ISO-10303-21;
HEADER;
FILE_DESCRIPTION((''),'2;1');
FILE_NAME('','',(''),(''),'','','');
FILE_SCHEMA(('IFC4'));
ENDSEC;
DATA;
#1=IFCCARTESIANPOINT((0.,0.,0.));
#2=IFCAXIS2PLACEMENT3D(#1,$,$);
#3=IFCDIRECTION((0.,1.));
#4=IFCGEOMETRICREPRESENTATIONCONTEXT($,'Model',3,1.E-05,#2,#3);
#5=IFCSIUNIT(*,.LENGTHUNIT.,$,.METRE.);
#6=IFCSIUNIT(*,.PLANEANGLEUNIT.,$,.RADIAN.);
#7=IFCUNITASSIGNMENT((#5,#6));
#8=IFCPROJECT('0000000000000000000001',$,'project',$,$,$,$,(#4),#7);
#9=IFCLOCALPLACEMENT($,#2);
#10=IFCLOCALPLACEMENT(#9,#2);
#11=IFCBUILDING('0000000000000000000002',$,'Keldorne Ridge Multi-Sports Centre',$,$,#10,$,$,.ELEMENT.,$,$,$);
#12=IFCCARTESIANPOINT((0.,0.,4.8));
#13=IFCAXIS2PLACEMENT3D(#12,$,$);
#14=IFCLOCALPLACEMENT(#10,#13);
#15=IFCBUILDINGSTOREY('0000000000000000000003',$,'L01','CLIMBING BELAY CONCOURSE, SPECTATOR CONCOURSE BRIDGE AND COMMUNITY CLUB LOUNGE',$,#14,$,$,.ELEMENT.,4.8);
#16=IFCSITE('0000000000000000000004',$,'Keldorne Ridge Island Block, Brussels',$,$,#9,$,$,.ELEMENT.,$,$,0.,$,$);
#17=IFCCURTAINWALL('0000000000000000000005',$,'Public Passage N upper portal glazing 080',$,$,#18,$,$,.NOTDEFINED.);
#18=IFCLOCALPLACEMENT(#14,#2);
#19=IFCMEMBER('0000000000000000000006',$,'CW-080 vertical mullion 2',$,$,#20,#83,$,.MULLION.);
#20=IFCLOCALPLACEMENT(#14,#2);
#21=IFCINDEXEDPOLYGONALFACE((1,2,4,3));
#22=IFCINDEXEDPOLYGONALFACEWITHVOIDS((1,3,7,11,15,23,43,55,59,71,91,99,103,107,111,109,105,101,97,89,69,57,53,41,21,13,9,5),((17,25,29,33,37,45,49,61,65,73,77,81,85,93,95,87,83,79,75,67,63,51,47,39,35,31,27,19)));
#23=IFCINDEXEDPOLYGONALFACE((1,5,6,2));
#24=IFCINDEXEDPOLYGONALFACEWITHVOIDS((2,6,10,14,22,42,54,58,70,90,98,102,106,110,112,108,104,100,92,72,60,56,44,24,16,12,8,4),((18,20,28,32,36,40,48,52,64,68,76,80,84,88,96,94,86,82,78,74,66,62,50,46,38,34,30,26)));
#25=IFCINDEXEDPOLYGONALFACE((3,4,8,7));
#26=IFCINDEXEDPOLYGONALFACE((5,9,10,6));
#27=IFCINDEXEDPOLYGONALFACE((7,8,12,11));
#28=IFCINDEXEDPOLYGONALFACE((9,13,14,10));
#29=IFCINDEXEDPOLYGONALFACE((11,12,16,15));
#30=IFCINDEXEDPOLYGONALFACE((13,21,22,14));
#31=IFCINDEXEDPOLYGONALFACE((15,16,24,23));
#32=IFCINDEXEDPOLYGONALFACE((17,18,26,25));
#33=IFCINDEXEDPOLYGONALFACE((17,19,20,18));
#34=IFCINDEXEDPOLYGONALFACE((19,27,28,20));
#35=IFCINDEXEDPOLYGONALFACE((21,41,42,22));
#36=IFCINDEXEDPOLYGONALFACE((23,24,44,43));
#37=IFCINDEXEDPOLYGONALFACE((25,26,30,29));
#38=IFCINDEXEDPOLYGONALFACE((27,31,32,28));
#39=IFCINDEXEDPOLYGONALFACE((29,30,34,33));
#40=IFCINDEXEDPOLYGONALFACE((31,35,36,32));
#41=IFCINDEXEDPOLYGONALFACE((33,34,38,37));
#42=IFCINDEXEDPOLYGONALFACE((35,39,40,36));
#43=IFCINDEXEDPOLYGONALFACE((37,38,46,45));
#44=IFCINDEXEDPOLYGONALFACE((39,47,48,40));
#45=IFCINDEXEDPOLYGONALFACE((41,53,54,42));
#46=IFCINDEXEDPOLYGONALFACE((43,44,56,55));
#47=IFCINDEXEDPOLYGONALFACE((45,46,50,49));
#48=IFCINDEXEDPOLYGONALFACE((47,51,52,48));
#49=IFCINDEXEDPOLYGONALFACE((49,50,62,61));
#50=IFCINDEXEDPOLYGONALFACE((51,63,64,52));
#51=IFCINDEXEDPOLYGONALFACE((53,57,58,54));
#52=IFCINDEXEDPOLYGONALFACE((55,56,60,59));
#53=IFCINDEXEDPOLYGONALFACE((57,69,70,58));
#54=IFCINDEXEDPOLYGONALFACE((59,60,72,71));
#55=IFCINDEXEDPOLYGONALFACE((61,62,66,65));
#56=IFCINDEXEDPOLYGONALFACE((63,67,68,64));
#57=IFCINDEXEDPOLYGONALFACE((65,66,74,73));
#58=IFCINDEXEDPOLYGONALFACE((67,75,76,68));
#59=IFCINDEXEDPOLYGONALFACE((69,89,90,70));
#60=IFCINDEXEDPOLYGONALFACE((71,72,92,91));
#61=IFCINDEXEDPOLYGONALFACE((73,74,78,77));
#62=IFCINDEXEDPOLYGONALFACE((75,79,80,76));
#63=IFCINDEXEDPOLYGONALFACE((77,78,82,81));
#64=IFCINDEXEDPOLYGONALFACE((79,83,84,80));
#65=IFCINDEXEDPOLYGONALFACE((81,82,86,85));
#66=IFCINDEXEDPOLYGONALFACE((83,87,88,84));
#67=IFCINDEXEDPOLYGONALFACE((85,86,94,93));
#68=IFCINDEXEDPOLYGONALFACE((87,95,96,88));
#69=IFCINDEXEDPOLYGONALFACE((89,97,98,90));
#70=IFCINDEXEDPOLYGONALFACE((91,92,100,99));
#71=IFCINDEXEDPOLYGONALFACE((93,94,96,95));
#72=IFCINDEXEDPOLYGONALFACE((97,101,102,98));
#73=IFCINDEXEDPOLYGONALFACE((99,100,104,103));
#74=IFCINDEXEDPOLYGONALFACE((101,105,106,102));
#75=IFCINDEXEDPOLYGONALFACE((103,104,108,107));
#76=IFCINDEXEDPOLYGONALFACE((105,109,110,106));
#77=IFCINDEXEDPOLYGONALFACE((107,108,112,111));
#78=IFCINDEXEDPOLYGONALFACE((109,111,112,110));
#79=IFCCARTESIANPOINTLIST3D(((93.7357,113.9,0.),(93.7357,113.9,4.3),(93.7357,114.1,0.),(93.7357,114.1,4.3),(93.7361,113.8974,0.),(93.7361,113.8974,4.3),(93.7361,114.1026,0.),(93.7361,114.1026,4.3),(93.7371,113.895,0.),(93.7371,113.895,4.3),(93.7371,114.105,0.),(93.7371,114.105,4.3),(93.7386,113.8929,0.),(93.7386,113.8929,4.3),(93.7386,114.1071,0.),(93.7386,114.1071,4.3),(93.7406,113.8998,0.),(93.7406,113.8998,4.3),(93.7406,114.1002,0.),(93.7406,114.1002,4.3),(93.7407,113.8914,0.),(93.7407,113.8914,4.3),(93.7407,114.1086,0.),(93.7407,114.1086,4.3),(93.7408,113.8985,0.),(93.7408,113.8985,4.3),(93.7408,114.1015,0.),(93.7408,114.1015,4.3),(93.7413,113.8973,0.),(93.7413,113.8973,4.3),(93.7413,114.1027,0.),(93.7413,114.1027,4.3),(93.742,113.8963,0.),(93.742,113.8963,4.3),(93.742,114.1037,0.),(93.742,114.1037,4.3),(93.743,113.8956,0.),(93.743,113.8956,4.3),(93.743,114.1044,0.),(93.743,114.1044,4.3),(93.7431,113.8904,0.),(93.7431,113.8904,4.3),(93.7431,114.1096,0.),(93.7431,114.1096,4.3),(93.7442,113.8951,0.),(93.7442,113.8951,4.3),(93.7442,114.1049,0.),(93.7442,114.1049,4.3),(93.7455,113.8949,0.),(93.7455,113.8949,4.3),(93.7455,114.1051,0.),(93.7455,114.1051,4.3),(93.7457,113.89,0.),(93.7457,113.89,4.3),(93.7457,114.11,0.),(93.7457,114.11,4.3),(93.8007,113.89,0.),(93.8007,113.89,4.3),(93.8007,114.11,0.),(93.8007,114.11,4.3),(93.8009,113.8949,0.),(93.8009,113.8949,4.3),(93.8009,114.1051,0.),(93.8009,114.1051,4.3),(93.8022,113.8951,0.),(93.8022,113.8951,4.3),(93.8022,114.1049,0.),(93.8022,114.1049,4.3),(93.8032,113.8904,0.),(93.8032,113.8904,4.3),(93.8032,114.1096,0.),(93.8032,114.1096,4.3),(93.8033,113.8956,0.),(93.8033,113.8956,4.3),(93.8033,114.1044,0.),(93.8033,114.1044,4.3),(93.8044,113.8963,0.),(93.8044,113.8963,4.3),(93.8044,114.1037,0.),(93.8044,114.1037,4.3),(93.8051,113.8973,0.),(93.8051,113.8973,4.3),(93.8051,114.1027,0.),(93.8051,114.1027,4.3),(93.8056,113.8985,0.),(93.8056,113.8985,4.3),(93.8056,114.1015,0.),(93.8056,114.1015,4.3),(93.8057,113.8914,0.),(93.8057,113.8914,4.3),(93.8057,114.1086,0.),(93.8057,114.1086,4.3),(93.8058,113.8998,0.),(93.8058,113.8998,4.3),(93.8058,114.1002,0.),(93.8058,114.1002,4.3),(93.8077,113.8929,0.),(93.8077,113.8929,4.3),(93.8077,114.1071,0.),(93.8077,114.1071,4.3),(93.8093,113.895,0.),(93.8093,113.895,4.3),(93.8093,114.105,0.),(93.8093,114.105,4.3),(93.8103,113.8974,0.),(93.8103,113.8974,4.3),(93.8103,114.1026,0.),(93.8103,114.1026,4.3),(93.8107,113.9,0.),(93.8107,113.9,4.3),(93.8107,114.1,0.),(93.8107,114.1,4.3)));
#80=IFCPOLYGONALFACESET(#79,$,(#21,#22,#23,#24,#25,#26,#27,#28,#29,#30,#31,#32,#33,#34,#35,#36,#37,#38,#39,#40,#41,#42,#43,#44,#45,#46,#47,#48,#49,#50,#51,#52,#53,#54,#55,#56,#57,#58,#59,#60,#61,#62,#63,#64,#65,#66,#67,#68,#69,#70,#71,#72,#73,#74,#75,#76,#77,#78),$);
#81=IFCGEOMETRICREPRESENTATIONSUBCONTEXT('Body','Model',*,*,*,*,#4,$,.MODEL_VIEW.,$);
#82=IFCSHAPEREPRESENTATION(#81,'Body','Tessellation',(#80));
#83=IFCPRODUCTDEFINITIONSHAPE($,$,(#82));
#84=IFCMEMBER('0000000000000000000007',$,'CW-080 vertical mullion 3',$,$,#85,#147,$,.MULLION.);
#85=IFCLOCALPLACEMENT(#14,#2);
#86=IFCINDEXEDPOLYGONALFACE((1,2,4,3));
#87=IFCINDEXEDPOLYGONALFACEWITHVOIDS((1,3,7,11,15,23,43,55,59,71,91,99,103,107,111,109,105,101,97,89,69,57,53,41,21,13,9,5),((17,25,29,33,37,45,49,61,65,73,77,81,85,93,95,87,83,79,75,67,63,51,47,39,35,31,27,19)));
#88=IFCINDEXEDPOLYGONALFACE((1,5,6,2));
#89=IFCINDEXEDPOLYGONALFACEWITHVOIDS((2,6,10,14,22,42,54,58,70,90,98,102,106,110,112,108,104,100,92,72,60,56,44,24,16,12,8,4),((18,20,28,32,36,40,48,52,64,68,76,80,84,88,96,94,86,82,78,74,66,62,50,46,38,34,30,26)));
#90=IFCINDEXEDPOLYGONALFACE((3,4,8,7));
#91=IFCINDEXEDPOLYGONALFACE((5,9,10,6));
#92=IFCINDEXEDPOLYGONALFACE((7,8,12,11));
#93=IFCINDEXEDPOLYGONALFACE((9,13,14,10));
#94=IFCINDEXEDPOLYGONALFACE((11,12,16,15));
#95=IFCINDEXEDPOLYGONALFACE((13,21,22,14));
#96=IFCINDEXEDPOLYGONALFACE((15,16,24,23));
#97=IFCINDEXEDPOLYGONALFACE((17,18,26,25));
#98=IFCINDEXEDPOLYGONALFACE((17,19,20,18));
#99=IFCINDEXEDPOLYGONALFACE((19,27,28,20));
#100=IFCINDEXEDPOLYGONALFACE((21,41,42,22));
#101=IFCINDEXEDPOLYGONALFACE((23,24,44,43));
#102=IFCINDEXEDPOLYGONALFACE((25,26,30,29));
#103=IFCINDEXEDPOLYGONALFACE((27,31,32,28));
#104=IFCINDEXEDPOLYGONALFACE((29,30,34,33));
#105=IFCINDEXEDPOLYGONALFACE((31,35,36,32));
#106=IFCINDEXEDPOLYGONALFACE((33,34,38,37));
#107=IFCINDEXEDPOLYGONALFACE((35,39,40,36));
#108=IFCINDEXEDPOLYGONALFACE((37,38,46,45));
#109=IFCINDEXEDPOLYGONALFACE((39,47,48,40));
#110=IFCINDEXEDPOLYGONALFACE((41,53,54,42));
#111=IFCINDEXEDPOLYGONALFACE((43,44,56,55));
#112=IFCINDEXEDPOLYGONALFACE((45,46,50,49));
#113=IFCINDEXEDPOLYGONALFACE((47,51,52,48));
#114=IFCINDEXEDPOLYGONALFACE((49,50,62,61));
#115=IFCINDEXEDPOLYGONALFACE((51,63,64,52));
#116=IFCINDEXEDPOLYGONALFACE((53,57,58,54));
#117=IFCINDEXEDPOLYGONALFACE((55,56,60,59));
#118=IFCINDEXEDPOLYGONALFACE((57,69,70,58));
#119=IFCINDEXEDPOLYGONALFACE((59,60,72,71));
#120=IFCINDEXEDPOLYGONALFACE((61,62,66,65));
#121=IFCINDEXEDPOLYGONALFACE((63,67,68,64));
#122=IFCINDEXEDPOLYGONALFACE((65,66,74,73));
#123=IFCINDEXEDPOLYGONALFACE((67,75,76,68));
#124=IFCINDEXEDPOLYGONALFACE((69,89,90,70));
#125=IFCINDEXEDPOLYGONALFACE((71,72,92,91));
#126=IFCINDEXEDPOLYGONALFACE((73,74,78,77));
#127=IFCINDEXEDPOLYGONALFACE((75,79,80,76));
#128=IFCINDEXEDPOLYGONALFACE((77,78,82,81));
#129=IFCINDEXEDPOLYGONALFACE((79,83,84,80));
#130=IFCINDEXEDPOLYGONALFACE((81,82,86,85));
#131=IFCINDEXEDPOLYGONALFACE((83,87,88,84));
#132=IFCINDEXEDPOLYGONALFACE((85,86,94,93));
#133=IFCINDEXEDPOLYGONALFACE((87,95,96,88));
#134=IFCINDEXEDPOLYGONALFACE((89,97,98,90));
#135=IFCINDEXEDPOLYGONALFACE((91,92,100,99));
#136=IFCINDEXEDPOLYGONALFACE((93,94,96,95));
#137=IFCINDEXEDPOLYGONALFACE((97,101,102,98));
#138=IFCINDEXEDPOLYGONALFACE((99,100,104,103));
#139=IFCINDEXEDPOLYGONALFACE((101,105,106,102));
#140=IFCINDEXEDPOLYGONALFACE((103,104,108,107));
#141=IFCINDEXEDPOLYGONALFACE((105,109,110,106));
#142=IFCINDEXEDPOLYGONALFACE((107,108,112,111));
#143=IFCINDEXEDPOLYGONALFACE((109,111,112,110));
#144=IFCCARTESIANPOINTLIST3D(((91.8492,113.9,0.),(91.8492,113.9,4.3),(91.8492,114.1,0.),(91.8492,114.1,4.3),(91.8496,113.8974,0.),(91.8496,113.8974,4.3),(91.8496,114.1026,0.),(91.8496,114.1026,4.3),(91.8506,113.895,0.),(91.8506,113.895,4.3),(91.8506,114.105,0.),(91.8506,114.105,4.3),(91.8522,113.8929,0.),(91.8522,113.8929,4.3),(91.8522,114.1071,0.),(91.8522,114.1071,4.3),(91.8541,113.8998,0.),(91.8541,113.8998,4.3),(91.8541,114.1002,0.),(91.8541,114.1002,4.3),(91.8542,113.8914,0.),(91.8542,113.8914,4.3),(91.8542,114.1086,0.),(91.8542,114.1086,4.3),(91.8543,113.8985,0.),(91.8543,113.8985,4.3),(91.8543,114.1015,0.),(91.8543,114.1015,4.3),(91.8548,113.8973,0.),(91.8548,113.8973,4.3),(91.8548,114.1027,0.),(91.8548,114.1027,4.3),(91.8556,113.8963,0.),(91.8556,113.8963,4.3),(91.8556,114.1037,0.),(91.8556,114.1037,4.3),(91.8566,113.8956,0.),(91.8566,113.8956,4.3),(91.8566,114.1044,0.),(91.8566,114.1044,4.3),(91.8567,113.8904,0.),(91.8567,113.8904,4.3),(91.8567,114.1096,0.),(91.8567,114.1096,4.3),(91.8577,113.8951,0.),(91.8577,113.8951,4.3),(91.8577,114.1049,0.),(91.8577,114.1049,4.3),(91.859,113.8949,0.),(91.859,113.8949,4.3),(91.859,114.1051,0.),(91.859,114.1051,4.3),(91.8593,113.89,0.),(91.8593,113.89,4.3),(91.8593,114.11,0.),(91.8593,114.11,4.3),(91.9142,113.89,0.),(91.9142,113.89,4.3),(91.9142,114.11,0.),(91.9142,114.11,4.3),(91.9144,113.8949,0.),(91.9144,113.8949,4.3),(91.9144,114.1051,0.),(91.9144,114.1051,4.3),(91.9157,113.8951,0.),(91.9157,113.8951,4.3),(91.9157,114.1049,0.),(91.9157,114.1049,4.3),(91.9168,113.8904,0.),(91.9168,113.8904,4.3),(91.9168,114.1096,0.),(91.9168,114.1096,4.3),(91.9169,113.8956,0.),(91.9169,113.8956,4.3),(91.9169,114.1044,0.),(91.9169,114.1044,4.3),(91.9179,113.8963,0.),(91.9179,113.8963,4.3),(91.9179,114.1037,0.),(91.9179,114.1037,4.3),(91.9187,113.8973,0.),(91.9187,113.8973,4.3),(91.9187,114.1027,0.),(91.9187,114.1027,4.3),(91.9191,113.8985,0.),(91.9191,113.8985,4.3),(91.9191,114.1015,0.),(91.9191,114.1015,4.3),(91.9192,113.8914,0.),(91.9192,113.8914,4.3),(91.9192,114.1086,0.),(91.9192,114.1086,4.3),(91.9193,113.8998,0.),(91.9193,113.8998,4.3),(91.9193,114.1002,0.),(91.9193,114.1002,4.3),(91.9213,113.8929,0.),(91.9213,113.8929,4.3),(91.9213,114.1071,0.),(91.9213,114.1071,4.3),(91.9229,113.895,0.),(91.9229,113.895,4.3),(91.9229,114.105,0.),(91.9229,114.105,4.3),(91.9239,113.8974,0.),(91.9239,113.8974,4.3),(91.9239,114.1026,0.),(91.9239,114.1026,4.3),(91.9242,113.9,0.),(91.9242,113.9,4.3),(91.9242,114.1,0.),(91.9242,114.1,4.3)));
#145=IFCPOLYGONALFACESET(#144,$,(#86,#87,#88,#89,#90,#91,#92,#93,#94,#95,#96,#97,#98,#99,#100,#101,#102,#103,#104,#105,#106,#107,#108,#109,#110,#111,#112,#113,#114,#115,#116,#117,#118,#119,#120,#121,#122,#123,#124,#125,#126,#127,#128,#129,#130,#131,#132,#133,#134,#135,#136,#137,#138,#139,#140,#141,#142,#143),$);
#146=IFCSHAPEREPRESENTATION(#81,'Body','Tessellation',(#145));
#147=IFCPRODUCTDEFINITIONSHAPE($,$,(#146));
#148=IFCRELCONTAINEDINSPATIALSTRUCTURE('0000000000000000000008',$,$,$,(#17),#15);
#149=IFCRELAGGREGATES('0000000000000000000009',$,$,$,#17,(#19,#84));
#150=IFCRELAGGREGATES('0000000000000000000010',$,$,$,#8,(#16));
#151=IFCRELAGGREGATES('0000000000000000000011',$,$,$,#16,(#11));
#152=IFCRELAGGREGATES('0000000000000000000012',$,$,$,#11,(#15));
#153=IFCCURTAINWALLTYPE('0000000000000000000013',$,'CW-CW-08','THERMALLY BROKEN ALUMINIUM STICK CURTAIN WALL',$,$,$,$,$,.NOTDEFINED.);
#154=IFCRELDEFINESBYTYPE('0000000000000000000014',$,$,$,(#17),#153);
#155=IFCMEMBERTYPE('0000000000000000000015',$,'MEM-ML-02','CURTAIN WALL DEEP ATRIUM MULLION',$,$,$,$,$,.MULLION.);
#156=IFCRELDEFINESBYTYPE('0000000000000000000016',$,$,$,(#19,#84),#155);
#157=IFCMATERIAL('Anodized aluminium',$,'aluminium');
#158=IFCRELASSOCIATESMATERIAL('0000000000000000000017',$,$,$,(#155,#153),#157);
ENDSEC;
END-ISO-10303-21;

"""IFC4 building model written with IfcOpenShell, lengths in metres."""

from ifc_helpers import new_model, si_unit, direction, frame, origin, origin_2d, place, context, subcontext, project, spatial, hollow_rectangle, extrude, material, material_profile, profile_set, type_object, element, aggregate, save


model = new_model("IFC4")

# Units and contexts
model_context = context("Model", 3, precision=1e-05, world=origin(), true_north=direction((0.0, 1.0)))
body_context = subcontext(model_context, "Body", "Model", "MODEL_VIEW")
ifc_project = project(units=[si_unit("LENGTHUNIT", "METRE"), si_unit("PLANEANGLEUNIT", "RADIAN")], contexts=[model_context])

# Site, building, storey
site_placement = place(None, origin())
site = spatial("IfcSite", under=ifc_project, at=site_placement, Name="Keldorne Ridge Island Block, Brussels", CompositionType="ELEMENT", RefElevation=0.0)
building_placement = place(site_placement, origin())
building = spatial("IfcBuilding", under=site, at=building_placement, Name="Keldorne Ridge Multi-Sports Centre", CompositionType="ELEMENT")
storey_placement = place(building_placement, frame((0.0, 0.0, 4.8)))
storey = spatial("IfcBuildingStorey", under=building, at=storey_placement, Name="L01", Description="CLIMBING BELAY CONCOURSE, SPECTATOR CONCOURSE BRIDGE AND COMMUNITY CLUB LOUNGE", CompositionType="ELEMENT", Elevation=4.8)

# Shared definitions
ifc_material_1 = material(Name="Anodized aluminium", Category="aluminium")
ifc_material_profile_1 = material_profile(ifc_material_1, hollow_rectangle(XDim=0.075, YDim=0.22, WallThickness=0.0049, InnerFilletRadius=0.0049, OuterFilletRadius=0.01, at=origin_2d()), Name="ALU MULLION 220x75x5")
ifc_profile_set_1 = profile_set([ifc_material_profile_1], Name="Anodized aluminium")
member_type_1 = type_object("IfcMemberType", Name="MEM-ML-02", Description="CURTAIN WALL DEEP ATRIUM MULLION", PredefinedType="MULLION", material=ifc_profile_set_1)

# Curtain wall, members
curtain_wall_type_1 = type_object("IfcCurtainWallType", Name="CW-CW-08", Description="THERMALLY BROKEN ALUMINIUM STICK CURTAIN WALL", PredefinedType="NOTDEFINED", material=ifc_material_1)
curtain_wall_1_placement = place(storey_placement, origin())
curtain_wall_1 = element("IfcCurtainWall", 1, at=curtain_wall_1_placement, inside=storey, type_object=curtain_wall_type_1, Name="Public Passage N upper portal glazing 080", PredefinedType="NOTDEFINED")
member_1_placement = place(storey_placement, frame((93.7732, 114.0, 0.0), z_axis=(0.0, 0.0, 1.0), x_axis=(1.0, 0.0, 0.0)))
member_1 = element("IfcMember", 2, at=member_1_placement, type_object=member_type_1, Name="CW-080 vertical mullion 2", PredefinedType="MULLION", context=body_context, shape_type="SweptSolid", body=[
    extrude(hollow_rectangle(XDim=0.075, YDim=0.22, WallThickness=0.0049, InnerFilletRadius=0.0049, OuterFilletRadius=0.01, at=origin_2d()), origin(), (0.0, 0.0, 1.0), 4.3),
])
member_2_placement = place(storey_placement, frame((91.8867, 114.0, 0.0), z_axis=(0.0, 0.0, 1.0), x_axis=(1.0, 0.0, 0.0)))
member_2 = element("IfcMember", 3, at=member_2_placement, type_object=member_type_1, Name="CW-080 vertical mullion 3", PredefinedType="MULLION", context=body_context, shape_type="SweptSolid", body=[
    extrude(hollow_rectangle(XDim=0.075, YDim=0.22, WallThickness=0.0049, InnerFilletRadius=0.0049, OuterFilletRadius=0.01, at=origin_2d()), origin(), (0.0, 0.0, 1.0), 4.3),
])

aggregate(curtain_wall_1, [member_1, member_2])

save(model, "model.ifc")
